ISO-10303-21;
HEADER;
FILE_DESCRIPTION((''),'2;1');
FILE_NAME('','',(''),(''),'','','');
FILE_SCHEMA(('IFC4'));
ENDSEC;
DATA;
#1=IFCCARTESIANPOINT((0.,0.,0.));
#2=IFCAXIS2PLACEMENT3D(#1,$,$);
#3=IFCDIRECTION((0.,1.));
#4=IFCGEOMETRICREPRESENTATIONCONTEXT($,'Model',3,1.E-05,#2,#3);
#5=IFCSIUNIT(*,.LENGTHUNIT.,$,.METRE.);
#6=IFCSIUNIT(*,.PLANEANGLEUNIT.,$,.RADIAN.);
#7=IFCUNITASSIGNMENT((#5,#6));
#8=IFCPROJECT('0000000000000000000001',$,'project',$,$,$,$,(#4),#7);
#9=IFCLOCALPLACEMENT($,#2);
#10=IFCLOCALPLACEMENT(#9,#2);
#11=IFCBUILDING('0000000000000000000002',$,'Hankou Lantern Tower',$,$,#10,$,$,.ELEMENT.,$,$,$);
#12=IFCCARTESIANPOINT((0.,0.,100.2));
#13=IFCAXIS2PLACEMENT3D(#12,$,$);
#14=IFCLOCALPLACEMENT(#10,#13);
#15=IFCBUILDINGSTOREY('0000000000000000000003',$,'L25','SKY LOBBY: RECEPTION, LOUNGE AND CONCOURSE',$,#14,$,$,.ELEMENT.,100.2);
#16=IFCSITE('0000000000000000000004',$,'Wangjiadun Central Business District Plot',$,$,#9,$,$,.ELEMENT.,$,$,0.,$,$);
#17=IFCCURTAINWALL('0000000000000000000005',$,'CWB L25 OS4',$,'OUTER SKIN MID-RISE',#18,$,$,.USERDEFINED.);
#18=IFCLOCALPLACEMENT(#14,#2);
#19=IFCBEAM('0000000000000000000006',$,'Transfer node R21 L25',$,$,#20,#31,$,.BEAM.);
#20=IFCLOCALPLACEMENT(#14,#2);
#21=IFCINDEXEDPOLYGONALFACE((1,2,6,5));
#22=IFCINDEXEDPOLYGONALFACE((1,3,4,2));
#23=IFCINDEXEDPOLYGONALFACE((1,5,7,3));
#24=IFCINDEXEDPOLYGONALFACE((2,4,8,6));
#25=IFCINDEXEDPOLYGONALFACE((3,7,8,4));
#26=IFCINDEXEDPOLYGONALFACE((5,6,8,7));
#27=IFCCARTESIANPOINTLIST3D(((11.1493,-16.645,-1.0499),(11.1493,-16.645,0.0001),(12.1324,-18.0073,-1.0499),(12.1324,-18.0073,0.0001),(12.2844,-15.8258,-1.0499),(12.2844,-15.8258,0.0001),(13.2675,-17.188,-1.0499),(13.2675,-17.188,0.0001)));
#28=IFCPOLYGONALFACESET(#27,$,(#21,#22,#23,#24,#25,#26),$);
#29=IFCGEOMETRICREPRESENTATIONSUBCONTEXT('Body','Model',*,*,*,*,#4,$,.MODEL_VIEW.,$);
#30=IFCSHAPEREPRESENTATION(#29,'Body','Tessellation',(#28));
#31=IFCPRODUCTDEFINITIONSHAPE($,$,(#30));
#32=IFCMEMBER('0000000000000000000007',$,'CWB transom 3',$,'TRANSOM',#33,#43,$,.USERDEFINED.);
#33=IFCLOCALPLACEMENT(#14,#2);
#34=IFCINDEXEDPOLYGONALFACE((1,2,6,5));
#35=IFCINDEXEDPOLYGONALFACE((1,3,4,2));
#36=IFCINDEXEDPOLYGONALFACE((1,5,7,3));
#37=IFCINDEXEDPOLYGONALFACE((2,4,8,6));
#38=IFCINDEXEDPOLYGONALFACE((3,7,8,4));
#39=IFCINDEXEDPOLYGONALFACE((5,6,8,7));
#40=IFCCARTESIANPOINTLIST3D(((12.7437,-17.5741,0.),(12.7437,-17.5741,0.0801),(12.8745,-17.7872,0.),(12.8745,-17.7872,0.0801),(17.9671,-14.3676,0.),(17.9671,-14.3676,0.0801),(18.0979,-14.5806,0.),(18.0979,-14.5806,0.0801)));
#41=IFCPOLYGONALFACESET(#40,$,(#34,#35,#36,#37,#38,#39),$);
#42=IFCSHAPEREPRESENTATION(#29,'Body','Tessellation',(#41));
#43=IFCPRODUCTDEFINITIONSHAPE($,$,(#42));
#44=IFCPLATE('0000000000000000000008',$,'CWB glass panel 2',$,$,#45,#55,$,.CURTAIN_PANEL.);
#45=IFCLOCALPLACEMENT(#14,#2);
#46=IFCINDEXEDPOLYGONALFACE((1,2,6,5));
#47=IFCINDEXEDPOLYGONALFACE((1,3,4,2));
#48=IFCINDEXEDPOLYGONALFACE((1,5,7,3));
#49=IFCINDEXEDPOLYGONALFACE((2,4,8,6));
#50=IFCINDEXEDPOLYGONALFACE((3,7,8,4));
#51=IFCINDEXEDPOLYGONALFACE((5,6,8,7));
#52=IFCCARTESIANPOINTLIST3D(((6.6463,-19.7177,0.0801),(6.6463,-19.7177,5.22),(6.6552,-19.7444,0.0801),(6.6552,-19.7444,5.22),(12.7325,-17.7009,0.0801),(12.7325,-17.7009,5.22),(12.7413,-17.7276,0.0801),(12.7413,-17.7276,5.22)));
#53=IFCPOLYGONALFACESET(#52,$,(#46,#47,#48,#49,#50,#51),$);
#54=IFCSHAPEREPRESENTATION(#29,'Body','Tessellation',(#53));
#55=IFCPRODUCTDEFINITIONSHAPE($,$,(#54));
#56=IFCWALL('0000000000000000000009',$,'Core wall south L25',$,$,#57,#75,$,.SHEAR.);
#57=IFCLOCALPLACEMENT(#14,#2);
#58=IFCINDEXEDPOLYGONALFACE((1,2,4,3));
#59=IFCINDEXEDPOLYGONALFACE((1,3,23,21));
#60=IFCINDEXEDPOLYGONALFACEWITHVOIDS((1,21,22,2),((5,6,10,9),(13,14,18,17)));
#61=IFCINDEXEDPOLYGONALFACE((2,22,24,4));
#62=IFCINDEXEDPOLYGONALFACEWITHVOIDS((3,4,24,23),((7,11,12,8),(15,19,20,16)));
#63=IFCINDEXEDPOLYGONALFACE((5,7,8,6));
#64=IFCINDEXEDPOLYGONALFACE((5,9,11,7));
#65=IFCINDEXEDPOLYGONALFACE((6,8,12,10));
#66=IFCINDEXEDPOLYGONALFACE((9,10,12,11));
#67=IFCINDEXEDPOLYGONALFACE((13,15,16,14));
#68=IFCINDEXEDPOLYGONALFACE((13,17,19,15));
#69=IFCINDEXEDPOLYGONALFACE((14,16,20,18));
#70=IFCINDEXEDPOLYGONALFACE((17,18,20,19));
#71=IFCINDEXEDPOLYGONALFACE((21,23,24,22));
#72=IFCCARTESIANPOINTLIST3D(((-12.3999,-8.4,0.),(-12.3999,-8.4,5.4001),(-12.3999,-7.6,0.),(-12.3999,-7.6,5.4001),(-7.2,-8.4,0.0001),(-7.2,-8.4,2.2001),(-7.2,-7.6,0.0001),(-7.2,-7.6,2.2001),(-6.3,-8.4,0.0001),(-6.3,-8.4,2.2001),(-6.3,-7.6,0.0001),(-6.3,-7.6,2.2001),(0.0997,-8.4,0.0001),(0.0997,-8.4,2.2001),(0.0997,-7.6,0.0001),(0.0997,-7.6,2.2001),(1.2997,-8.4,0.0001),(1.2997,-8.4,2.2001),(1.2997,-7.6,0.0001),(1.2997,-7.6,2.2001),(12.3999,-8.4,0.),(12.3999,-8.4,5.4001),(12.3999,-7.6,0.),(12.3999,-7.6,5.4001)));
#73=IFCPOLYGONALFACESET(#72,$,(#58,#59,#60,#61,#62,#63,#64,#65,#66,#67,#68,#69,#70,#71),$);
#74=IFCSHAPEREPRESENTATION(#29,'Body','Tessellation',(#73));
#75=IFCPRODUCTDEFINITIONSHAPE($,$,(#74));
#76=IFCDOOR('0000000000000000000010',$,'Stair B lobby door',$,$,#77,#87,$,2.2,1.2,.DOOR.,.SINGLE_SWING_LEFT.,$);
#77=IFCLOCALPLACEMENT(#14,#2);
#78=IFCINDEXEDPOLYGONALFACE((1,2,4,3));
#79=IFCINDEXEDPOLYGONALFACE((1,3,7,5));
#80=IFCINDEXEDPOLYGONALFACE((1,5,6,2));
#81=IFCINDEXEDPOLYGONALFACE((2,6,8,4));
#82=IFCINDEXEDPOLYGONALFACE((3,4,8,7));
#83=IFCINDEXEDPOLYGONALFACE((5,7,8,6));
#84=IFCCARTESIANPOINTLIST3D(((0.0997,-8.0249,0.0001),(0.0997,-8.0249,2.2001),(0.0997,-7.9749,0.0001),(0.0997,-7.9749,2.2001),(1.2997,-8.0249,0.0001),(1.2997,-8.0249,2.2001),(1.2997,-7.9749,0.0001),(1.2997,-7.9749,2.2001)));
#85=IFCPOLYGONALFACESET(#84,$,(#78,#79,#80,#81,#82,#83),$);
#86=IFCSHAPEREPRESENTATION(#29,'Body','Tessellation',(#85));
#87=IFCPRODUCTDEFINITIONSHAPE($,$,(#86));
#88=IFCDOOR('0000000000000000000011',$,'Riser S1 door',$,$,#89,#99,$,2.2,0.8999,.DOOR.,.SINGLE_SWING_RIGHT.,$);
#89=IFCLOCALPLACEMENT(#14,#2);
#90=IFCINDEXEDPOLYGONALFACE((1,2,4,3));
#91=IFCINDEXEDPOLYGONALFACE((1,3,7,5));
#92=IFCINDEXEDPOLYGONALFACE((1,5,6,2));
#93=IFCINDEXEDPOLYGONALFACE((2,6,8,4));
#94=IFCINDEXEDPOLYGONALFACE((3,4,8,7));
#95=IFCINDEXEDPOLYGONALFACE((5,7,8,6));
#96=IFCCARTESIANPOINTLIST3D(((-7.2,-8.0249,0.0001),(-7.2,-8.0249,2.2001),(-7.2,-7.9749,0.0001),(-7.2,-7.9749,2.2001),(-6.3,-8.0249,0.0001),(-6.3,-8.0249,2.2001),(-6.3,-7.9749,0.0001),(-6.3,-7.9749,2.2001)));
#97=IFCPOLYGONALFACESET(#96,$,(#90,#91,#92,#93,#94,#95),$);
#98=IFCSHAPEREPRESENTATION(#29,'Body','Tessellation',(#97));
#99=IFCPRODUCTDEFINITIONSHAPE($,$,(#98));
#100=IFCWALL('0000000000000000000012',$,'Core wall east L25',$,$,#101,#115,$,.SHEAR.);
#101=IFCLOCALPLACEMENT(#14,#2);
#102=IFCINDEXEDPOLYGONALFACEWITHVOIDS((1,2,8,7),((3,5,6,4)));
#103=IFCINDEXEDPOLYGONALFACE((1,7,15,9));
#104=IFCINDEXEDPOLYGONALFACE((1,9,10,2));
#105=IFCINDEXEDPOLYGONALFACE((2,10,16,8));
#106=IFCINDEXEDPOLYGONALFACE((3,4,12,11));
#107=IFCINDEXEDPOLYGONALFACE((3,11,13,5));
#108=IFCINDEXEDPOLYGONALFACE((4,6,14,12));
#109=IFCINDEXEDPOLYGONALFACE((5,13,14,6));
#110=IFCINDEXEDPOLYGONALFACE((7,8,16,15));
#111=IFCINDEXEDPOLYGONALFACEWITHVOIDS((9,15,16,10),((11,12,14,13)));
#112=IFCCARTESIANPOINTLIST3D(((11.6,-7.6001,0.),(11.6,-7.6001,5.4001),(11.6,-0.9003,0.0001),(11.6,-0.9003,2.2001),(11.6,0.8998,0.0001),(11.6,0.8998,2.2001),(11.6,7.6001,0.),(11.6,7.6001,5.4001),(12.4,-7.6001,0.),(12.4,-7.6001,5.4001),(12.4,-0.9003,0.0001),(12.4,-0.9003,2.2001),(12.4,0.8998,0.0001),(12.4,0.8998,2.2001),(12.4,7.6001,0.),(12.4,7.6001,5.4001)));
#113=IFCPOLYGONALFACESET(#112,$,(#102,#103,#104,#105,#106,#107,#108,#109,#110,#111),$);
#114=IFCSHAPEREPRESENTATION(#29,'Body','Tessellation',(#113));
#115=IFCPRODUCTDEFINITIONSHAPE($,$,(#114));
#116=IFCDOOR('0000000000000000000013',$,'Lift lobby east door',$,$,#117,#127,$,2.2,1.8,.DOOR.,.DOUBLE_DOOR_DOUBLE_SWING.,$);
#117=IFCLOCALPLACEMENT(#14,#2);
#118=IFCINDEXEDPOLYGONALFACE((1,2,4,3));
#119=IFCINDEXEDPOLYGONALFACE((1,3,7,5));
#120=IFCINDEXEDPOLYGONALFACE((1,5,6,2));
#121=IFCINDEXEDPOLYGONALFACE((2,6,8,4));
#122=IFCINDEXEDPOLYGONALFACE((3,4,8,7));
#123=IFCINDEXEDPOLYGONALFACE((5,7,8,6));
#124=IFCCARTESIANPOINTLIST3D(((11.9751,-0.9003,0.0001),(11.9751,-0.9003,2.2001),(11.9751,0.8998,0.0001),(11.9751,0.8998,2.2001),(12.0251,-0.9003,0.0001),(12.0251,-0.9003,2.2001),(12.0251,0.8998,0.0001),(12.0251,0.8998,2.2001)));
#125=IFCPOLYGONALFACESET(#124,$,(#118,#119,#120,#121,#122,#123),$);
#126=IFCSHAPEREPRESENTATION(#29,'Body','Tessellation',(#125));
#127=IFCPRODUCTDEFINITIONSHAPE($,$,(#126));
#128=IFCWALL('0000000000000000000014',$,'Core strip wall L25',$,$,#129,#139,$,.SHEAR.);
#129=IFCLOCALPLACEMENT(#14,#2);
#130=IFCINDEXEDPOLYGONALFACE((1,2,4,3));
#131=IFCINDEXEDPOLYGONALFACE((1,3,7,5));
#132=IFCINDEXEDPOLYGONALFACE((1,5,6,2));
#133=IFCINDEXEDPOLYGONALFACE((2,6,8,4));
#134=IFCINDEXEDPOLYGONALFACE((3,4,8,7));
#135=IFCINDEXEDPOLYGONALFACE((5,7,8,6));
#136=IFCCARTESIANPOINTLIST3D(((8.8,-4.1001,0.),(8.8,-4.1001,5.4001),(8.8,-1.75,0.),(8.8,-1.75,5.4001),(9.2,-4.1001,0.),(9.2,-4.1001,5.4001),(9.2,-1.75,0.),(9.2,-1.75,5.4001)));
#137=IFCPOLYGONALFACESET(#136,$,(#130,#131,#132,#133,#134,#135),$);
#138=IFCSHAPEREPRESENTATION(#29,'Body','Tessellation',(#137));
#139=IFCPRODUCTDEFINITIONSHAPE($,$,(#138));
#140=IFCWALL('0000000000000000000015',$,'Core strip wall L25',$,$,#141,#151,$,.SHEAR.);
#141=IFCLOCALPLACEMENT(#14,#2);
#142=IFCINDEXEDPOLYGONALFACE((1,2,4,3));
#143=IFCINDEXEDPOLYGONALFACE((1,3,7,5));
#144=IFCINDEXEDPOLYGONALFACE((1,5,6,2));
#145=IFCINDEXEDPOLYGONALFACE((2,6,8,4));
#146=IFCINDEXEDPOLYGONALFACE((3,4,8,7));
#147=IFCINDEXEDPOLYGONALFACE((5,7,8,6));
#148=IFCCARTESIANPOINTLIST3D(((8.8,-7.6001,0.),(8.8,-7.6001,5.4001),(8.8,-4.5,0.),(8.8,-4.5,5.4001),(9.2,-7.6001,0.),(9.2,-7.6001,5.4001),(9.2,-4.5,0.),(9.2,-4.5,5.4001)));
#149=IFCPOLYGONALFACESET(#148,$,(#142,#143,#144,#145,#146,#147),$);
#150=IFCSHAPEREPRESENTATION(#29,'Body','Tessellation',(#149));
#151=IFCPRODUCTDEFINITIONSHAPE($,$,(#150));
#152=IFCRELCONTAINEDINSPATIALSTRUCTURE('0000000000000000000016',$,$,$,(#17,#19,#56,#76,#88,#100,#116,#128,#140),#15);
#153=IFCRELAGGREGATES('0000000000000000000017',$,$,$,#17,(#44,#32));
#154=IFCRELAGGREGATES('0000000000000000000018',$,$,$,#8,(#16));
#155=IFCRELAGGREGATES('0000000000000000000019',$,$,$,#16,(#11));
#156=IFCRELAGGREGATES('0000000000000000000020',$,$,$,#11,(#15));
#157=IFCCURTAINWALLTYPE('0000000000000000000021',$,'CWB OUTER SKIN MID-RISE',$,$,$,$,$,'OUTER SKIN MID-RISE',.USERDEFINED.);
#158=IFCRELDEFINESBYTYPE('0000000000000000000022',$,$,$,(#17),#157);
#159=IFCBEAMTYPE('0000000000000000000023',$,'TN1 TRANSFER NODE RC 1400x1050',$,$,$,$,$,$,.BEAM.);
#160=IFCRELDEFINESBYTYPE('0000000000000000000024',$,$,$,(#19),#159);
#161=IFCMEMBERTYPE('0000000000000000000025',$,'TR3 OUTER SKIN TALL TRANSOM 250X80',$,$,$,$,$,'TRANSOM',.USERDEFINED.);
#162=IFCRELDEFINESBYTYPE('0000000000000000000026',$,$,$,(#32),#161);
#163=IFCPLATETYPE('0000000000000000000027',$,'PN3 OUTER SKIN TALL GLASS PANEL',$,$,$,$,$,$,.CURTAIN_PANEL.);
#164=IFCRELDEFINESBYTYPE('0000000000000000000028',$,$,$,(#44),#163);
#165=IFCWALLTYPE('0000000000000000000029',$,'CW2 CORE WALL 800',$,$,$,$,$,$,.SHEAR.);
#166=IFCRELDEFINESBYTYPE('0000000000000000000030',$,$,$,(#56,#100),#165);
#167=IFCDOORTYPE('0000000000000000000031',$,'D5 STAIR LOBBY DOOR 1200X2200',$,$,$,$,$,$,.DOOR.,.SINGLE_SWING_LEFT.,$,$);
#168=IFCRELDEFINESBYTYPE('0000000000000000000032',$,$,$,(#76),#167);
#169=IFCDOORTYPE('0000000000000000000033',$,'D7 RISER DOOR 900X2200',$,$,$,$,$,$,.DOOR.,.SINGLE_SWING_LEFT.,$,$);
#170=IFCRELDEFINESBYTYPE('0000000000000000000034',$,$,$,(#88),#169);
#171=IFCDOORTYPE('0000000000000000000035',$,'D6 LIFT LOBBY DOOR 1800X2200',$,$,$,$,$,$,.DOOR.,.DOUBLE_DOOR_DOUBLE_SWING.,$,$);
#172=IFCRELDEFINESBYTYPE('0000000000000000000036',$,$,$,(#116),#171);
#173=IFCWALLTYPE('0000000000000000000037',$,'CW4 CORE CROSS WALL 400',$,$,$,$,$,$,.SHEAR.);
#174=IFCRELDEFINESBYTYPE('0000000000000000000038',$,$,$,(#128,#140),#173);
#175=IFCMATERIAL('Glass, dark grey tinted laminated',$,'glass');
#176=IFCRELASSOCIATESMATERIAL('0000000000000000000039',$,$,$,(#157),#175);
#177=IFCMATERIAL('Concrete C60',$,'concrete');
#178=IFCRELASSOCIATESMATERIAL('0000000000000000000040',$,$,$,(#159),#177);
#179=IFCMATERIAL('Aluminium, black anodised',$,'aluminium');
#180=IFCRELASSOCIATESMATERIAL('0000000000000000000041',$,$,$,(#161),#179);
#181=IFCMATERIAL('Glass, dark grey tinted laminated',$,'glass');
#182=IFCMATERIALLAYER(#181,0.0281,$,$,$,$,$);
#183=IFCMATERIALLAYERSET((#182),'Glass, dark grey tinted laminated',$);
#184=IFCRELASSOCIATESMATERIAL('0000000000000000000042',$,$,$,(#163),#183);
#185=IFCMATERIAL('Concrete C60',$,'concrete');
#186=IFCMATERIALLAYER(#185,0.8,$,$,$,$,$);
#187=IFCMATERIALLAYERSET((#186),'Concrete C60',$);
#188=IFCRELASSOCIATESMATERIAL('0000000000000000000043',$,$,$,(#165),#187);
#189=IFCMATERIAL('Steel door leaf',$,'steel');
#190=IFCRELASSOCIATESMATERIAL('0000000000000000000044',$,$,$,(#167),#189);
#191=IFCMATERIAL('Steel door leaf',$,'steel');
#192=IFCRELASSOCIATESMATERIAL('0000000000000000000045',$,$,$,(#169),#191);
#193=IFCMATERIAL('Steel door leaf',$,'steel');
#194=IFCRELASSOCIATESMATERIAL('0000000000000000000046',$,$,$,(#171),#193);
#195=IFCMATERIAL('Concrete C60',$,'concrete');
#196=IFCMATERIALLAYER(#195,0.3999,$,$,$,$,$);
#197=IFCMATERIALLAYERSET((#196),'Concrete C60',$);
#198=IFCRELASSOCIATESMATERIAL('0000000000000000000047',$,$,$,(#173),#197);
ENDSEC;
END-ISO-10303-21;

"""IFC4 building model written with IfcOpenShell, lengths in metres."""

from ifc_helpers import new_model, si_unit, direction, frame, frame_2d, origin, origin_2d, place, context, subcontext, project, spatial, rectangle, extrude, material, layer, layer_set, material_profile, profile_set, type_object, element, fill, aggregate, save


model = new_model("IFC4")

# Units and contexts
model_context = context("Model", 3, precision=1e-05, world=origin(), true_north=direction((0.0, 1.0)))
body_context = subcontext(model_context, "Body", "Model", "MODEL_VIEW")
ifc_project = project(units=[si_unit("LENGTHUNIT", "METRE"), si_unit("PLANEANGLEUNIT", "RADIAN")], contexts=[model_context])

# Site, building, storey
site_placement = place(None, origin())
site = spatial("IfcSite", under=ifc_project, at=site_placement, Name="Wangjiadun Central Business District Plot", CompositionType="ELEMENT", RefElevation=0.0)
building_placement = place(site_placement, origin())
building = spatial("IfcBuilding", under=site, at=building_placement, Name="Hankou Lantern Tower", CompositionType="ELEMENT")
storey_placement = place(building_placement, frame((0.0, 0.0, 100.2)))
storey = spatial("IfcBuildingStorey", under=building, at=storey_placement, Name="L25", Description="SKY LOBBY: RECEPTION, LOUNGE AND CONCOURSE", CompositionType="ELEMENT", Elevation=100.2)

# Curtain wall
ifc_material_1 = material(Name="Glass, dark grey tinted laminated", Category="glass")
curtain_wall_type = type_object("IfcCurtainWallType", Name="CWB OUTER SKIN MID-RISE", ElementType="OUTER SKIN MID-RISE", PredefinedType="USERDEFINED", material=ifc_material_1)
curtain_wall_placement = place(storey_placement, origin())
curtain_wall = element("IfcCurtainWall", 1, at=curtain_wall_placement, inside=storey, type_object=curtain_wall_type, Name="CWB L25 OS4", ObjectType="OUTER SKIN MID-RISE", PredefinedType="USERDEFINED")

# Beam
ifc_material_2 = material(Name="Concrete C60", Category="concrete")
ifc_material_profile_1 = material_profile(ifc_material_2, rectangle(XDim=1.3999, YDim=1.05, at=origin_2d()), Name="RC 1400x1050")
ifc_profile_set_1 = profile_set([ifc_material_profile_1], Name="Concrete C60")
beam_type_1 = type_object("IfcBeamType", Name="TN1 TRANSFER NODE RC 1400x1050", PredefinedType="BEAM", material=ifc_profile_set_1)
beam_1_placement = place(storey_placement, frame((12.7, -17.5977, -0.5249), z_axis=(-0.585204, 0.810886, 0.0), x_axis=(-0.810886, -0.585204, 0.0)))
element("IfcBeam", 2, at=beam_1_placement, inside=storey, type_object=beam_type_1, Name="Transfer node R21 L25", PredefinedType="BEAM", context=body_context, shape_type="SweptSolid", body=[
    extrude(rectangle(XDim=1.3999, YDim=1.05, at=origin_2d()), origin(), (0.0, 0.0, 1.0), 1.6799),
])

# Member
ifc_material_3 = material(Name="Aluminium, black anodised", Category="aluminium")
ifc_material_profile_2 = material_profile(ifc_material_3, rectangle(XDim=0.25, YDim=0.0801, at=origin_2d()), Name="TR3 250X80")
ifc_profile_set_2 = profile_set([ifc_material_profile_2], Name="Aluminium, black anodised")
member_type_1 = type_object("IfcMemberType", Name="TR3 OUTER SKIN TALL TRANSOM 250X80", ElementType="TRANSOM", PredefinedType="USERDEFINED", material=ifc_profile_set_2)
member_1_placement = place(storey_placement, frame((12.8091, -17.6807, 0.04), z_axis=(0.852229, 0.523168, 0.0), x_axis=(-0.523168, 0.852229, 0.0)))
member_1 = element("IfcMember", 3, at=member_1_placement, type_object=member_type_1, Name="CWB transom 3", ObjectType="TRANSOM", PredefinedType="USERDEFINED", context=body_context, shape_type="SweptSolid", body=[
    extrude(rectangle(XDim=0.25, YDim=0.0801, at=origin_2d()), origin(), (0.0, 0.0, 1.0), 6.1292),
])

# Plate
ifc_material_4 = material(Name="Glass, dark grey tinted laminated", Category="glass")
ifc_layer_1 = layer(ifc_material_4, 0.0281)
ifc_layer_set_1 = layer_set([ifc_layer_1], Name="Glass, dark grey tinted laminated")
plate_type = type_object("IfcPlateType", Name="PN3 OUTER SKIN TALL GLASS PANEL", PredefinedType="CURTAIN_PANEL", material=ifc_layer_set_1)
plate_placement = place(storey_placement, frame((9.6938, -18.7227, 0.0801), z_axis=(0.0, 0.0, 1.0), x_axis=(0.949241, 0.314551, 0.0)))
plate = element("IfcPlate", 4, at=plate_placement, type_object=plate_type, Name="CWB glass panel 2", PredefinedType="CURTAIN_PANEL", context=body_context, shape_type="SweptSolid", body=[
    extrude(rectangle(XDim=6.4116, YDim=0.0281, at=origin_2d()), origin(), (0.0, 0.0, 1.0), 5.1399),
])
aggregate(curtain_wall, [plate, member_1])

# Wall, openings, doors
ifc_material_5 = material(Name="Concrete C60", Category="concrete")
ifc_layer_2 = layer(ifc_material_5, 0.8)
ifc_layer_set_2 = layer_set([ifc_layer_2], Name="Concrete C60")
wall_type_1 = type_object("IfcWallType", Name="CW2 CORE WALL 800", PredefinedType="SHEAR", material=ifc_layer_set_2)
wall_1_placement = place(storey_placement, frame((12.3999, -8.0, 0.0), z_axis=(0.0, 0.0, 1.0), x_axis=(-1.0, 0.0, 0.0)))
wall_1 = element("IfcWall", 5, at=wall_1_placement, inside=storey, type_object=wall_type_1, Name="Core wall south L25", PredefinedType="SHEAR", context=body_context, shape_type="SweptSolid", body=[
    extrude(rectangle(XDim=24.7998, YDim=0.8, at=frame_2d((12.3999, 0.0))), origin(), (0.0, 0.0, 1.0), 5.4001),
])
opening_1_placement = place(wall_1_placement, frame((11.1001, 0.0, 0.0)))
opening_1 = element("IfcOpeningElement", 6, at=opening_1_placement, cuts=wall_1, PredefinedType="OPENING", context=body_context, shape_type="SweptSolid", body=[
    extrude(rectangle(XDim=1.2, YDim=2.2, at=frame_2d((0.6001, 1.1001))), frame((0.0, 0.4099, 0.0), z_axis=(0.0, -1.0, 0.0), x_axis=(1.0, 0.0, 0.0)), (0.0, 0.0, 1.0), 0.8201),
])
opening_2_placement = place(wall_1_placement, frame((18.7, 0.0, 0.0)))
opening_2 = element("IfcOpeningElement", 7, at=opening_2_placement, cuts=wall_1, PredefinedType="OPENING", context=body_context, shape_type="SweptSolid", body=[
    extrude(rectangle(XDim=0.8999, YDim=2.2, at=frame_2d((0.45, 1.1001))), frame((0.0, 0.4099, 0.0), z_axis=(0.0, -1.0, 0.0), x_axis=(1.0, 0.0, 0.0)), (0.0, 0.0, 1.0), 0.8201),
])
ifc_material_6 = material(Name="Steel door leaf", Category="steel")
door_type_1 = type_object("IfcDoorType", Name="D5 STAIR LOBBY DOOR 1200X2200", OperationType="SINGLE_SWING_LEFT", PredefinedType="DOOR", material=ifc_material_6)
door_1_placement = place(opening_1_placement, origin())
door_1 = element("IfcDoor", 8, at=door_1_placement, inside=storey, type_object=door_type_1, Name="Stair B lobby door", OperationType="SINGLE_SWING_LEFT", OverallHeight=2.2, OverallWidth=1.2, PredefinedType="DOOR", context=body_context, shape_type="SweptSolid", body=[
    extrude(rectangle(XDim=1.2, YDim=2.2, at=frame_2d((0.6001, 1.1001))), frame((0.0, 0.0249, 0.0), z_axis=(0.0, -1.0, 0.0), x_axis=(1.0, 0.0, 0.0)), (0.0, 0.0, 1.0), 0.05),
])
fill(opening_1, door_1)
ifc_material_7 = material(Name="Steel door leaf", Category="steel")
door_type_2 = type_object("IfcDoorType", Name="D7 RISER DOOR 900X2200", OperationType="SINGLE_SWING_LEFT", PredefinedType="DOOR", material=ifc_material_7)
door_2_placement = place(opening_2_placement, origin())
door_2 = element("IfcDoor", 9, at=door_2_placement, inside=storey, type_object=door_type_2, Name="Riser S1 door", OperationType="SINGLE_SWING_RIGHT", OverallHeight=2.2, OverallWidth=0.8999, PredefinedType="DOOR", context=body_context, shape_type="SweptSolid", body=[
    extrude(rectangle(XDim=0.8999, YDim=2.2, at=frame_2d((0.45, 1.1001))), frame((0.0, 0.0249, 0.0), z_axis=(0.0, -1.0, 0.0), x_axis=(1.0, 0.0, 0.0)), (0.0, 0.0, 1.0), 0.05),
])
fill(opening_2, door_2)

# Wall, opening, door
wall_2_placement = place(storey_placement, frame((12.0, -7.6001, 0.0), z_axis=(0.0, 0.0, 1.0), x_axis=(0.0, 1.0, 0.0)))
wall_2 = element("IfcWall", 10, at=wall_2_placement, inside=storey, type_object=wall_type_1, Name="Core wall east L25", PredefinedType="SHEAR", context=body_context, shape_type="SweptSolid", body=[
    extrude(rectangle(XDim=15.2002, YDim=0.8, at=frame_2d((7.6001, 0.0))), origin(), (0.0, 0.0, 1.0), 5.4001),
])
opening_3_placement = place(wall_2_placement, frame((6.7, 0.0, 0.0)))
opening_3 = element("IfcOpeningElement", 11, at=opening_3_placement, cuts=wall_2, PredefinedType="OPENING", context=body_context, shape_type="SweptSolid", body=[
    extrude(rectangle(XDim=1.8, YDim=2.2, at=frame_2d((0.8999, 1.1001))), frame((0.0, 0.4099, 0.0), z_axis=(0.0, -1.0, 0.0), x_axis=(1.0, 0.0, 0.0)), (0.0, 0.0, 1.0), 0.8201),
])
ifc_material_8 = material(Name="Steel door leaf", Category="steel")
door_type_3 = type_object("IfcDoorType", Name="D6 LIFT LOBBY DOOR 1800X2200", OperationType="DOUBLE_DOOR_DOUBLE_SWING", PredefinedType="DOOR", material=ifc_material_8)
door_3_placement = place(opening_3_placement, origin())
door_3 = element("IfcDoor", 12, at=door_3_placement, inside=storey, type_object=door_type_3, Name="Lift lobby east door", OperationType="DOUBLE_DOOR_DOUBLE_SWING", OverallHeight=2.2, OverallWidth=1.8, PredefinedType="DOOR", context=body_context, shape_type="SweptSolid", body=[
    extrude(rectangle(XDim=1.8, YDim=2.2, at=frame_2d((0.8999, 1.1001))), frame((0.0, 0.0249, 0.0), z_axis=(0.0, -1.0, 0.0), x_axis=(1.0, 0.0, 0.0)), (0.0, 0.0, 1.0), 0.05),
])
fill(opening_3, door_3)

# Walls
ifc_material_9 = material(Name="Concrete C60", Category="concrete")
ifc_layer_3 = layer(ifc_material_9, 0.3999)
ifc_layer_set_3 = layer_set([ifc_layer_3], Name="Concrete C60")
wall_type_2 = type_object("IfcWallType", Name="CW4 CORE CROSS WALL 400", PredefinedType="SHEAR", material=ifc_layer_set_3)
wall_3_placement = place(storey_placement, frame((9.0, -4.1001, 0.0), z_axis=(0.0, 0.0, 1.0), x_axis=(0.0, 1.0, 0.0)))
element("IfcWall", 13, at=wall_3_placement, inside=storey, type_object=wall_type_2, Name="Core strip wall L25", PredefinedType="SHEAR", context=body_context, shape_type="SweptSolid", body=[
    extrude(rectangle(XDim=2.3501, YDim=0.3999, at=frame_2d((1.175, 0.0))), origin(), (0.0, 0.0, 1.0), 5.4001),
])
wall_4_placement = place(storey_placement, frame((9.0, -7.6001, 0.0), z_axis=(0.0, 0.0, 1.0), x_axis=(0.0, 1.0, 0.0)))
element("IfcWall", 14, at=wall_4_placement, inside=storey, type_object=wall_type_2, Name="Core strip wall L25", PredefinedType="SHEAR", context=body_context, shape_type="SweptSolid", body=[
    extrude(rectangle(XDim=3.1001, YDim=0.3999, at=frame_2d((1.55, 0.0))), origin(), (0.0, 0.0, 1.0), 5.4001),
])

save(model, "model.ifc")
